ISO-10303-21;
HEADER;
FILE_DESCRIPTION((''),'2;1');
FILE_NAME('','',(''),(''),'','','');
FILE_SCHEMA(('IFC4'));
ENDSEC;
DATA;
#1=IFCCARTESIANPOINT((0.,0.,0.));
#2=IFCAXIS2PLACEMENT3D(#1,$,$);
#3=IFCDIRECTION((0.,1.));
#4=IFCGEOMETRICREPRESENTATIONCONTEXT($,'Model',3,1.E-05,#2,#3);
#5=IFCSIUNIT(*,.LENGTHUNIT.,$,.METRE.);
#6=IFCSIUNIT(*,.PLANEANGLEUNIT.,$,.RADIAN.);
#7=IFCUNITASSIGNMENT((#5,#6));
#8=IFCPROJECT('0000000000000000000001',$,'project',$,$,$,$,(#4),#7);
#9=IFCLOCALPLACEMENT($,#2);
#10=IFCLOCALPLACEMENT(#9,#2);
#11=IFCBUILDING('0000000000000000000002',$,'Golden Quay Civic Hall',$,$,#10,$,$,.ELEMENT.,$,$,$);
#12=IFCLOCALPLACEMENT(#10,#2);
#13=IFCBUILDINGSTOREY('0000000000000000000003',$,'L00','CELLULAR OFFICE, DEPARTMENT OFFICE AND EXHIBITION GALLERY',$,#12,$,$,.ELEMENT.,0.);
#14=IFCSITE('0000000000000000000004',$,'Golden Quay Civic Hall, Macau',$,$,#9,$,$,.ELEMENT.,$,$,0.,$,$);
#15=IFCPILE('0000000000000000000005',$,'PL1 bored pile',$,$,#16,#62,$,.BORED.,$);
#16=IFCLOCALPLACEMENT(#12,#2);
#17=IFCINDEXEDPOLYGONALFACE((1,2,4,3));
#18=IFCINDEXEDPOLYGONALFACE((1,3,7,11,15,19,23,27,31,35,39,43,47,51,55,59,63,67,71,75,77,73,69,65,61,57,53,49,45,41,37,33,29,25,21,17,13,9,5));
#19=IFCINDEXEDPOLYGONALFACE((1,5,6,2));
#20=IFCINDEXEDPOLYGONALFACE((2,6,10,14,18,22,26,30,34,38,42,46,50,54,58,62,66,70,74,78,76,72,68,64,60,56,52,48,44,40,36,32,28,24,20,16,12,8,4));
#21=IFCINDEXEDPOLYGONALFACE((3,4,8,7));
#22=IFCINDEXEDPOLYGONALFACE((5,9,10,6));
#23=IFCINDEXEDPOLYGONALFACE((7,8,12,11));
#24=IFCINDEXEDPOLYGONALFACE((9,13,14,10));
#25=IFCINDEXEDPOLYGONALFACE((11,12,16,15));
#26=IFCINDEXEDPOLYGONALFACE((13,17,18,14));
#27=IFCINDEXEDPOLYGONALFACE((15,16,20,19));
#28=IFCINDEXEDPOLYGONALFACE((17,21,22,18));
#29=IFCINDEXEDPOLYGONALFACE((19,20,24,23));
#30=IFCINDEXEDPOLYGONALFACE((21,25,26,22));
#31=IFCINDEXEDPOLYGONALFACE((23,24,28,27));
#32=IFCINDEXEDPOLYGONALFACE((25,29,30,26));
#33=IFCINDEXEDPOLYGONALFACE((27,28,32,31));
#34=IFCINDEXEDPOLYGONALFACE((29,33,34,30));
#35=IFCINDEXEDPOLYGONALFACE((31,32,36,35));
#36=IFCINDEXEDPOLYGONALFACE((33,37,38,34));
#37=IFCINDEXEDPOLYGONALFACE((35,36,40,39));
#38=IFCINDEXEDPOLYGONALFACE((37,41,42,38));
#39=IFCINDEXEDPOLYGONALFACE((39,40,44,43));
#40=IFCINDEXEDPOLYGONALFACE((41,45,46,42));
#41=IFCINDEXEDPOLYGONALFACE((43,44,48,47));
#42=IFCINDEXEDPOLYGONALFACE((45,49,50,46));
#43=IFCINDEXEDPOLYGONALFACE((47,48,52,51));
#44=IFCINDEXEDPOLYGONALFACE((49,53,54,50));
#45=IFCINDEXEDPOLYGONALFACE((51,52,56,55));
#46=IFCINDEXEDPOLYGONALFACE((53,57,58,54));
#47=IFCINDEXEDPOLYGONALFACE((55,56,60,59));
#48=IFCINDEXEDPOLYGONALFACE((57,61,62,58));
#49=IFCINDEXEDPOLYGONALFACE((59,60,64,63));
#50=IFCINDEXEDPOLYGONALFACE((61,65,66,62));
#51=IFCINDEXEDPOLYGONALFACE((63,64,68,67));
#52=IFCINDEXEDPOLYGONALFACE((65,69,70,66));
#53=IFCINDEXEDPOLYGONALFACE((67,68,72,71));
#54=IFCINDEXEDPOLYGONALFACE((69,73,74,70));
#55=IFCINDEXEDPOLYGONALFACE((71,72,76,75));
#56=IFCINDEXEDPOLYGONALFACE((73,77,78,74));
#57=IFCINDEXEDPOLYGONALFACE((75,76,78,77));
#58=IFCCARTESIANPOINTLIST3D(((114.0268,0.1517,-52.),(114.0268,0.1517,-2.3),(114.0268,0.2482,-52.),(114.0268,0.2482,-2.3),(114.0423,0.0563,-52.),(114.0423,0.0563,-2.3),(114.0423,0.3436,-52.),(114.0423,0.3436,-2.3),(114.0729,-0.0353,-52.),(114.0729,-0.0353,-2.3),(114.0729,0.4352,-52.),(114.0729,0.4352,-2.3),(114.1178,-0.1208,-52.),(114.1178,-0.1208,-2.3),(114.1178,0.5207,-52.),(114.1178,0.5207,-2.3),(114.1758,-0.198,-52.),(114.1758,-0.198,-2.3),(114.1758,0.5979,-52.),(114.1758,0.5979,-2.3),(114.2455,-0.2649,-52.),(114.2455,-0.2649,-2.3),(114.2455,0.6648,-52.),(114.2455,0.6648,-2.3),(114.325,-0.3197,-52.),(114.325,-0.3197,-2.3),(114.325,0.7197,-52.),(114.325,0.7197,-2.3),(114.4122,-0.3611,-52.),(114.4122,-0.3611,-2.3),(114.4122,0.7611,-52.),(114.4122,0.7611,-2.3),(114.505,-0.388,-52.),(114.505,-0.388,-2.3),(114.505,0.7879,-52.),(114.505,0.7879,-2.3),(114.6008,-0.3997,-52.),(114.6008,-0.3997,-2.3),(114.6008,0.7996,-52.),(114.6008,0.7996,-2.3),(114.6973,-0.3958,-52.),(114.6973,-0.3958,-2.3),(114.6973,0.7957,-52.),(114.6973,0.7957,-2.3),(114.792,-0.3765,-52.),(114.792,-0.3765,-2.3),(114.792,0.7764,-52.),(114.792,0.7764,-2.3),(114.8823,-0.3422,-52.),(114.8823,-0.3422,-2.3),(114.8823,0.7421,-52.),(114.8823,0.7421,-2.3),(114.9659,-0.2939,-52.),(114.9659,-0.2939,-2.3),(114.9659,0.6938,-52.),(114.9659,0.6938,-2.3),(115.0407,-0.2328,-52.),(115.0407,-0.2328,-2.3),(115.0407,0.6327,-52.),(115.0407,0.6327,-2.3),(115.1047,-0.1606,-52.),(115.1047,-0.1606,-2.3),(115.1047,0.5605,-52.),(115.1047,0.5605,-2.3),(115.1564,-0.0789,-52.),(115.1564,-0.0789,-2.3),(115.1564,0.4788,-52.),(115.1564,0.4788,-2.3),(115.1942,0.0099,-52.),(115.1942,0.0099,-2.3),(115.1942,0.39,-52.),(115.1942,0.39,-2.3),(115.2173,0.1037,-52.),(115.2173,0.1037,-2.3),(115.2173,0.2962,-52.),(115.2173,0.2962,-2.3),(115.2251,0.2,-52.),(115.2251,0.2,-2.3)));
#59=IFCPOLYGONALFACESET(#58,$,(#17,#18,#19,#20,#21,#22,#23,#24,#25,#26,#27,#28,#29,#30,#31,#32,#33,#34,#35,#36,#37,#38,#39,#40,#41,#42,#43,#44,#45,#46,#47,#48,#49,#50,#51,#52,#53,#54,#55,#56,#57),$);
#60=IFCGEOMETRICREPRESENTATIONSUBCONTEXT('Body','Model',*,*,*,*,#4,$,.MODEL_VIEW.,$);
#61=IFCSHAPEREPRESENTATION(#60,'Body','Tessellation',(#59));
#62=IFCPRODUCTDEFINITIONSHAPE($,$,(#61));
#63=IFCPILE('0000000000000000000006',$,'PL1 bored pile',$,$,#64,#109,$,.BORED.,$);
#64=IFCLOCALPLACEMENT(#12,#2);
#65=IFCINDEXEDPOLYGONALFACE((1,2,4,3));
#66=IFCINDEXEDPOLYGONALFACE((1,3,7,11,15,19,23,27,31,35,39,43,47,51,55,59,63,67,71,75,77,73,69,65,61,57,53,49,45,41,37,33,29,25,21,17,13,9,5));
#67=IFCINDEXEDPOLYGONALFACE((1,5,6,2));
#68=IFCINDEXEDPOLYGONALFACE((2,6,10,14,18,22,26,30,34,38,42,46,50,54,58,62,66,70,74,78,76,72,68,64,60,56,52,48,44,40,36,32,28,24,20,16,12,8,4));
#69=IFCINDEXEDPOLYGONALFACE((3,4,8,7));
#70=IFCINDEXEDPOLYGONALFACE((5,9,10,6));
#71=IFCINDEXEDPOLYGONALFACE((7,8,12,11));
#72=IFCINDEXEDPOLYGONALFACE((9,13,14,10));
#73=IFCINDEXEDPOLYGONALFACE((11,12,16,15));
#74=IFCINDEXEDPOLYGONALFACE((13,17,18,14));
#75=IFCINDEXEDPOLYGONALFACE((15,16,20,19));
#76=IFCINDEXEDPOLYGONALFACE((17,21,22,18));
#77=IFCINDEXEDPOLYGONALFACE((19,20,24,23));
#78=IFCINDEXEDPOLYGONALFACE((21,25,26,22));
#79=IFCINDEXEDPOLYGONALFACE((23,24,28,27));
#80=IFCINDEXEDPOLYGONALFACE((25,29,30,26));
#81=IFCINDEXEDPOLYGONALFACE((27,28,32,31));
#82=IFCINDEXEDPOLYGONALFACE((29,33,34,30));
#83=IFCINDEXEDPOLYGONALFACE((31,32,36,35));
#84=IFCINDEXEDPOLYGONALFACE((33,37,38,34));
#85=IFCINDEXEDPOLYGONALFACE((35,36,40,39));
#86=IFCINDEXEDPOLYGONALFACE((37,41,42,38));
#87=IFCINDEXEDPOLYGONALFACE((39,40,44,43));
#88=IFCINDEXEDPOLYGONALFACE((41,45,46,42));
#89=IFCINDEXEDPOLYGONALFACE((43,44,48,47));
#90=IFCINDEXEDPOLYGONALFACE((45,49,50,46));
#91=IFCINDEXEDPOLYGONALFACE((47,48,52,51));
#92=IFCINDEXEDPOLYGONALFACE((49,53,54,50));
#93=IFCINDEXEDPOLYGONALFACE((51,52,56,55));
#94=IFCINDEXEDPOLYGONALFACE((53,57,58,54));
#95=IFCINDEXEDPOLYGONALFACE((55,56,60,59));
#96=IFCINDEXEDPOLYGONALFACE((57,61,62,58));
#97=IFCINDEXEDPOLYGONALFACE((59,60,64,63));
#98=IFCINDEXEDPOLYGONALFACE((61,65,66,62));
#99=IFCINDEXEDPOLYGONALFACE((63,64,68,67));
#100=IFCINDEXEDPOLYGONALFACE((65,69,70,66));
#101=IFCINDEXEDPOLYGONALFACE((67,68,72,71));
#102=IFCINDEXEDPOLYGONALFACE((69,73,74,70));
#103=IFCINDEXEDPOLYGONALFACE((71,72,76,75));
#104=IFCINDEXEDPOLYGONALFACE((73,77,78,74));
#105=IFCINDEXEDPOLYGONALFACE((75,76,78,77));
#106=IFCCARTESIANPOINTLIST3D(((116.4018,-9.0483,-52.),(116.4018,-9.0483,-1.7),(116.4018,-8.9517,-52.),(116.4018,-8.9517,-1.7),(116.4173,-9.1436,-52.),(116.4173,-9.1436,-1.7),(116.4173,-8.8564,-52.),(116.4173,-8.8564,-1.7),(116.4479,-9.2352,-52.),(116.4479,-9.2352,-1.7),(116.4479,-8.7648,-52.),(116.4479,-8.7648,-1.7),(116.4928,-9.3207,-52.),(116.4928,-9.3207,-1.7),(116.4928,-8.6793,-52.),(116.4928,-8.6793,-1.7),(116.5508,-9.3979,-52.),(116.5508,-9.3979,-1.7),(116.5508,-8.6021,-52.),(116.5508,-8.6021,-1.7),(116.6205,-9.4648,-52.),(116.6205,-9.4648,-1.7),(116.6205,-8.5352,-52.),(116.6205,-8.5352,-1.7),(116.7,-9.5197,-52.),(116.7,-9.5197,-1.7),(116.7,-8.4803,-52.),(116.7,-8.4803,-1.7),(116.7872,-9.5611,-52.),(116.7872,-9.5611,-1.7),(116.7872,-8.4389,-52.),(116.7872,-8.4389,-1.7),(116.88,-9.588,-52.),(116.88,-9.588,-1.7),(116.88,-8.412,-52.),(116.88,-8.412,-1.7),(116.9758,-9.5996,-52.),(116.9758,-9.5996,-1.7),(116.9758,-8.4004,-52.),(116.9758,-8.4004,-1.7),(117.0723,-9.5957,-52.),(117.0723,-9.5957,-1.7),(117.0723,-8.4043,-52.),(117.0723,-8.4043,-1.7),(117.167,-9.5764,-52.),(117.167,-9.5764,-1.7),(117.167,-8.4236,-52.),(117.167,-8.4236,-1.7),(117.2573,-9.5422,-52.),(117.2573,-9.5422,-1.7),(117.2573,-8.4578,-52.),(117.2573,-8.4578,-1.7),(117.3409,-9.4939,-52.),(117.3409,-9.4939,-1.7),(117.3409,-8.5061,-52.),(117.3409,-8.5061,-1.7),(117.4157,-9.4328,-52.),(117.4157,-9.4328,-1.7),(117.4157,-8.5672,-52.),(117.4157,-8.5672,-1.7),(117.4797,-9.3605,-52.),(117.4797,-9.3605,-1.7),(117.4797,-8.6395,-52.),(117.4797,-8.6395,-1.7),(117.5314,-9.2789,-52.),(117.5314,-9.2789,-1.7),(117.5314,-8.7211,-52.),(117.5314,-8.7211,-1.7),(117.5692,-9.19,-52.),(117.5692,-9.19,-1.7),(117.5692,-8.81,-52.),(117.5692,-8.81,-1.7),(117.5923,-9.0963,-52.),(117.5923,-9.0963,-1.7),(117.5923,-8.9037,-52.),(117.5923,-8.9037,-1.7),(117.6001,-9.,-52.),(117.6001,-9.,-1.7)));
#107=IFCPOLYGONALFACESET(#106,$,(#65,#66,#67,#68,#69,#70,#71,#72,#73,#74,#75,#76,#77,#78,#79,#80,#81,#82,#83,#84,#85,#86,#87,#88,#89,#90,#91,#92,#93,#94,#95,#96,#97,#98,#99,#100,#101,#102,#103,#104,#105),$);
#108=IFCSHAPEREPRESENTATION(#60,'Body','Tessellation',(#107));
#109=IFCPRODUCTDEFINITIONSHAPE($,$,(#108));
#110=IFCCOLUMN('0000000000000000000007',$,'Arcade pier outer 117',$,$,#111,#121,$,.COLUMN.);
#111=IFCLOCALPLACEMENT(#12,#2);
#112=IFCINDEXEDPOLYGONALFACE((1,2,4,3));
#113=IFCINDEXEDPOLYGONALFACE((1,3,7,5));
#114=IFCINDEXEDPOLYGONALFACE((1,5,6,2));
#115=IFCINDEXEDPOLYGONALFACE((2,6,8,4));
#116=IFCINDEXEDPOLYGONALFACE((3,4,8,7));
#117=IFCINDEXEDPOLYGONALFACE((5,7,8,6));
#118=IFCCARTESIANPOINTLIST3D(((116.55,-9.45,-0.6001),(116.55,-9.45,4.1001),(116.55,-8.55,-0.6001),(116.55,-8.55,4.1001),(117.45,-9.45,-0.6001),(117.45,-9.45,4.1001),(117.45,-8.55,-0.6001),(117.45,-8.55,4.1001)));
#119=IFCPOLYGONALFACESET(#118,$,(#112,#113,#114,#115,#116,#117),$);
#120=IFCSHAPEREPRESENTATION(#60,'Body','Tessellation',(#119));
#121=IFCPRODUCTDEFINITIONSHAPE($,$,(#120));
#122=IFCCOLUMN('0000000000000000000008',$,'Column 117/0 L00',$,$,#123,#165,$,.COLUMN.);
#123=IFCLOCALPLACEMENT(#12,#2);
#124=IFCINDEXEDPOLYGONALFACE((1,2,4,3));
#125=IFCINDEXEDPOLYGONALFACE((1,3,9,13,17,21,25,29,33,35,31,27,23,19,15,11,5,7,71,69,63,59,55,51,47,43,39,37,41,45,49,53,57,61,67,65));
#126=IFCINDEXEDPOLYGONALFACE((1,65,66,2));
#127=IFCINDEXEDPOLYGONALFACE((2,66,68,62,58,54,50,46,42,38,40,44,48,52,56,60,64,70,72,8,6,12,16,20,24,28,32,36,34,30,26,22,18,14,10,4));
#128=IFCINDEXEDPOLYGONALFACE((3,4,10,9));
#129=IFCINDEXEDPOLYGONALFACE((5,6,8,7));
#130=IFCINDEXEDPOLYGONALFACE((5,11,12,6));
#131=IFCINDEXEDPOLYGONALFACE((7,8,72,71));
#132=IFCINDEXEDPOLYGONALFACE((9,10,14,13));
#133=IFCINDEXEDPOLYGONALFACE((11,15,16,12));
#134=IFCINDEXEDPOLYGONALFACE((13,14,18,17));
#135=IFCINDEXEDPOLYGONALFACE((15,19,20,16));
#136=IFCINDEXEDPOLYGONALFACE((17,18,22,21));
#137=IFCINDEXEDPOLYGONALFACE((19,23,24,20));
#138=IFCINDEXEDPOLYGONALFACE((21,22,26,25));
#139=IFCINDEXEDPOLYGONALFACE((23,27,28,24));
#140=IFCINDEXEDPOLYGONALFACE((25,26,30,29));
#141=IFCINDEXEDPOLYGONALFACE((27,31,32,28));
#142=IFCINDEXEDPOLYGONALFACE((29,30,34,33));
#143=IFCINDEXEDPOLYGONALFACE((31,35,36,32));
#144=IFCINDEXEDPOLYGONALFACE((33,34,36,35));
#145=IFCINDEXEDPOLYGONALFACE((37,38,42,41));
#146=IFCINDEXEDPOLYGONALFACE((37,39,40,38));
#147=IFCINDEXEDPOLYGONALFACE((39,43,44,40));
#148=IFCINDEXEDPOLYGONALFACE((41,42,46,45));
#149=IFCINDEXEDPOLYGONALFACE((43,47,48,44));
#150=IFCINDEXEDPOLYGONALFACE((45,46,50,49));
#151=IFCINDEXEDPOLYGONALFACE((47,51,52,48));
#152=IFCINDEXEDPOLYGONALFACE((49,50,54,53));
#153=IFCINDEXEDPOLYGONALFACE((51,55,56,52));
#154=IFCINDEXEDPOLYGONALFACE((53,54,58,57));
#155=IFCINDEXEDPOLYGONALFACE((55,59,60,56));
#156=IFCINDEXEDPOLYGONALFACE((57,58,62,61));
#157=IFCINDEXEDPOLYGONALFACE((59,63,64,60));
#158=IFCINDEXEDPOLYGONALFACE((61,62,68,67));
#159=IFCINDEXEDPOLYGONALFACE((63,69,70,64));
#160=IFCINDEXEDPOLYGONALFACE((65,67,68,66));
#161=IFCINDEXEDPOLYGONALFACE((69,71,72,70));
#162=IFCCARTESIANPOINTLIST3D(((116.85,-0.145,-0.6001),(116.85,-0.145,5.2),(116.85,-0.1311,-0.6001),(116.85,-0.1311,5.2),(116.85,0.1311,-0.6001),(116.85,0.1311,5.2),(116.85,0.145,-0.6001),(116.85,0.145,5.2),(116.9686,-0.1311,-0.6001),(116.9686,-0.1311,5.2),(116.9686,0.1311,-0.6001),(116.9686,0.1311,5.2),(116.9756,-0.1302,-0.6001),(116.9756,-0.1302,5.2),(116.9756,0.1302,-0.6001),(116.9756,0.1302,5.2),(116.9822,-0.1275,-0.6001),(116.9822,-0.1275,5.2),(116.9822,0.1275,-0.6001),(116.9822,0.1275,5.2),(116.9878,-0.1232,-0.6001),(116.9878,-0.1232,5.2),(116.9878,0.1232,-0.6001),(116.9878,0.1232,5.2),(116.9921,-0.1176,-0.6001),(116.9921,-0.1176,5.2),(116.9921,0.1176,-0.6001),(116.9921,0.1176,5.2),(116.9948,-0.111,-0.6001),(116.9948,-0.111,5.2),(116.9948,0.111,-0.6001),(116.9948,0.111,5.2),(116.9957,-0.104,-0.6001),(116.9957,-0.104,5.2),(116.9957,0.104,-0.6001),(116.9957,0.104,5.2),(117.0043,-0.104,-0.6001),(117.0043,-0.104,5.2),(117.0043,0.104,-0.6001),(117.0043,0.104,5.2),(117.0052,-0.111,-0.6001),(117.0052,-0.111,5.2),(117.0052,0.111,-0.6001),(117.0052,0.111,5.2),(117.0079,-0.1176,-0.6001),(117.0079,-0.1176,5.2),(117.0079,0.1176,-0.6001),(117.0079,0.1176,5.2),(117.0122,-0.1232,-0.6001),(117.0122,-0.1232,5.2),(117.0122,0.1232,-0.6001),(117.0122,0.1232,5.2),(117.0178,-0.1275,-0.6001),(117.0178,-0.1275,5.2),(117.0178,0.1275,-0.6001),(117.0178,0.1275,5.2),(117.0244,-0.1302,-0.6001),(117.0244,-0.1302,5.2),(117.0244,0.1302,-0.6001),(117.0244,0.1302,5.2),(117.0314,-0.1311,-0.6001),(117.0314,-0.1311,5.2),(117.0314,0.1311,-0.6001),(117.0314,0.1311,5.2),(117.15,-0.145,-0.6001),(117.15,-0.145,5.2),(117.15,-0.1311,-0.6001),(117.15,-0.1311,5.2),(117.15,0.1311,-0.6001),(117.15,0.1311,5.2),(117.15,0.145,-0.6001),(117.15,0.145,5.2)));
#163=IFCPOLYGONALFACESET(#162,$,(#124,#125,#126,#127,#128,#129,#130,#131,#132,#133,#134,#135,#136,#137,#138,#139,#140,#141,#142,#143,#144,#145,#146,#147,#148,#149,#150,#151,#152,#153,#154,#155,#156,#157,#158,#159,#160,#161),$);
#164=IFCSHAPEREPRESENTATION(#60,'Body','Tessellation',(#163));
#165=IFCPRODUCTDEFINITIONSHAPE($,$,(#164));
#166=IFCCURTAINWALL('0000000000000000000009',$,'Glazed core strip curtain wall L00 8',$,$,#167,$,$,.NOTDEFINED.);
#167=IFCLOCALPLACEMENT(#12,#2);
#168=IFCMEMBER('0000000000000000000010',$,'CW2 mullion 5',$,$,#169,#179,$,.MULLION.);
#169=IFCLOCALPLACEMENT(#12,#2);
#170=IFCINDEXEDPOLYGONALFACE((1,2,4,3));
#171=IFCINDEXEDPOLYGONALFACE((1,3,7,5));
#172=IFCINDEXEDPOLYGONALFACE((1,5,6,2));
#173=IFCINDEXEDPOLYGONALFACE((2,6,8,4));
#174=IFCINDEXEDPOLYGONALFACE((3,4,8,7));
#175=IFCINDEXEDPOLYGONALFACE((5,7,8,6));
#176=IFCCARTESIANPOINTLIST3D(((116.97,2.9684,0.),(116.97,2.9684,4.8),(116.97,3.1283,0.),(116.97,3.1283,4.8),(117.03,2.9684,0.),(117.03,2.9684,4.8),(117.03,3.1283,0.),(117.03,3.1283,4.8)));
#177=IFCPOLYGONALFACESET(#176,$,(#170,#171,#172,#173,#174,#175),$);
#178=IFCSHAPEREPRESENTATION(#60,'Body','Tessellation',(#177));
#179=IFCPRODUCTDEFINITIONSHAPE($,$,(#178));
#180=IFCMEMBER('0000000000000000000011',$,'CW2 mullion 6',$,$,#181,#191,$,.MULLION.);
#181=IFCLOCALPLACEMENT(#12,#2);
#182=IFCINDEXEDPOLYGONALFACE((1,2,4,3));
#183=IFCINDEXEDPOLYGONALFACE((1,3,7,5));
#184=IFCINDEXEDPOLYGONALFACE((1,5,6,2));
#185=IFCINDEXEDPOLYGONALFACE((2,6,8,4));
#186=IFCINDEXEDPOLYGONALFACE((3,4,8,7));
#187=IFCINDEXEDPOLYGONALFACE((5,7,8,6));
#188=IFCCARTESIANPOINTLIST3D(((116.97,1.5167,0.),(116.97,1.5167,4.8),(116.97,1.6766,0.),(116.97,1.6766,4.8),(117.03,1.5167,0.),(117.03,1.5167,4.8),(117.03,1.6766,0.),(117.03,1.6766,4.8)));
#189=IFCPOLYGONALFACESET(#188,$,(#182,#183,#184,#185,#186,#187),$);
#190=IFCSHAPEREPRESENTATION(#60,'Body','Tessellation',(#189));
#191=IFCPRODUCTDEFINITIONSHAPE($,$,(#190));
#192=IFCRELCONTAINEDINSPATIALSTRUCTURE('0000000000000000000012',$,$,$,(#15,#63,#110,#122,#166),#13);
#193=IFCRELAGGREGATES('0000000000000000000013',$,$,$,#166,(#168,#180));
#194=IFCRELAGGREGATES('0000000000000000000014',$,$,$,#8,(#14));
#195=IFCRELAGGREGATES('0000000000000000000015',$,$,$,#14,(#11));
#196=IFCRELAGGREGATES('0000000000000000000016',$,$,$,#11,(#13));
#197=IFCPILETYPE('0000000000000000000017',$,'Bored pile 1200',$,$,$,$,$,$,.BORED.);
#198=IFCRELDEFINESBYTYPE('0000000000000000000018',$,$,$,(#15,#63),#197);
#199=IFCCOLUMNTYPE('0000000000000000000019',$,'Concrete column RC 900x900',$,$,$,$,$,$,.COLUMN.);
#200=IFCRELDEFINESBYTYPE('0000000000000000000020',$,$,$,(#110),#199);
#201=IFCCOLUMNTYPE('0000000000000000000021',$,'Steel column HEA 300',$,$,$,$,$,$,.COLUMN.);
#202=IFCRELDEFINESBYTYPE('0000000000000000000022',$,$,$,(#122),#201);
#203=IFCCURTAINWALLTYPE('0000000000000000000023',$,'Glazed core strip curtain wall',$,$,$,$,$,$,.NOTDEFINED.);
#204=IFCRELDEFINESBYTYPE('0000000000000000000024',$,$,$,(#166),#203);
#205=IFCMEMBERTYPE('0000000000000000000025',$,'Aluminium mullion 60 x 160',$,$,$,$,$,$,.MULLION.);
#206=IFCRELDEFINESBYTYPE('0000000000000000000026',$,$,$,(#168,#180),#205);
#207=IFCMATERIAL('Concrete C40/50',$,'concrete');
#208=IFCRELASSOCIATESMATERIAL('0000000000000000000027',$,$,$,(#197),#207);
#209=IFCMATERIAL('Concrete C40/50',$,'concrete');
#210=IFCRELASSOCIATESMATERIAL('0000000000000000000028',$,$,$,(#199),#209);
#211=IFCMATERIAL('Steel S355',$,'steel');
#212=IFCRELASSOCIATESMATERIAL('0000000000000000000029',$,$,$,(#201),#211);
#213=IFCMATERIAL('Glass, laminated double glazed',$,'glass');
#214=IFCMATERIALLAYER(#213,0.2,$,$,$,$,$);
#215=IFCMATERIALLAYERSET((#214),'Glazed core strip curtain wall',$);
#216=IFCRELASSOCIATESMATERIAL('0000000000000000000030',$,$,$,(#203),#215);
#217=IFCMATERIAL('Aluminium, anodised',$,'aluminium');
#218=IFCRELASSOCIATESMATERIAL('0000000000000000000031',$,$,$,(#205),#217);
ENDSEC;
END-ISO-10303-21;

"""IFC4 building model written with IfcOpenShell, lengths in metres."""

from ifc_helpers import new_model, si_unit, direction, frame, origin, origin_2d, place, context, subcontext, project, spatial, rectangle, circle, i_section, extrude, material, layer, layer_set, material_profile, profile_set, type_object, element, aggregate, save


model = new_model("IFC4")

# Units and contexts
model_context = context("Model", 3, precision=1e-05, world=origin(), true_north=direction((0.0, 1.0)))
body_context = subcontext(model_context, "Body", "Model", "MODEL_VIEW")
ifc_project = project(units=[si_unit("LENGTHUNIT", "METRE"), si_unit("PLANEANGLEUNIT", "RADIAN")], contexts=[model_context])

# Site, building, storey
site_placement = place(None, origin())
site = spatial("IfcSite", under=ifc_project, at=site_placement, Name="Golden Quay Civic Hall, Macau", CompositionType="ELEMENT", RefElevation=0.0)
building_placement = place(site_placement, origin())
building = spatial("IfcBuilding", under=site, at=building_placement, Name="Golden Quay Civic Hall", CompositionType="ELEMENT")
storey_placement = place(building_placement, origin())
storey = spatial("IfcBuildingStorey", under=building, at=storey_placement, Name="L00", Description="CELLULAR OFFICE, DEPARTMENT OFFICE AND EXHIBITION GALLERY", CompositionType="ELEMENT", Elevation=0.0)

# Piles
ifc_material_1 = material(Name="Concrete C40/50", Category="concrete")
ifc_material_profile_1 = material_profile(ifc_material_1, circle(Radius=0.6001, at=origin_2d()), Name="RC D1200")
ifc_profile_set_1 = profile_set([ifc_material_profile_1], Name="Concrete C40/50")
pile_type = type_object("IfcPileType", Name="Bored pile 1200", PredefinedType="BORED", material=ifc_profile_set_1)
pile_1_placement = place(storey_placement, frame((114.625, 0.2, -2.3), z_axis=(0.0, 0.0, -1.0), x_axis=(1.0, 0.0, 0.0)))
element("IfcPile", 1, at=pile_1_placement, inside=storey, type_object=pile_type, Name="PL1 bored pile", PredefinedType="BORED", context=body_context, shape_type="SweptSolid", body=[
    extrude(circle(Radius=0.6001, at=origin_2d()), origin(), (0.0, 0.0, 1.0), 49.7),
])
pile_2_placement = place(storey_placement, frame((117.0, -9.0, -1.7), z_axis=(0.0, 0.0, -1.0), x_axis=(1.0, 0.0, 0.0)))
element("IfcPile", 2, at=pile_2_placement, inside=storey, type_object=pile_type, Name="PL1 bored pile", PredefinedType="BORED", context=body_context, shape_type="SweptSolid", body=[
    extrude(circle(Radius=0.6001, at=origin_2d()), origin(), (0.0, 0.0, 1.0), 50.3),
])

# Columns
ifc_material_2 = material(Name="Concrete C40/50", Category="concrete")
ifc_material_profile_2 = material_profile(ifc_material_2, rectangle(XDim=0.8999, YDim=0.8999, at=origin_2d()), Name="RC 900x900")
ifc_profile_set_2 = profile_set([ifc_material_profile_2], Name="Concrete C40/50")
column_type_1 = type_object("IfcColumnType", Name="Concrete column RC 900x900", PredefinedType="COLUMN", material=ifc_profile_set_2)
column_1_placement = place(storey_placement, frame((117.0, -9.0, -0.6001), z_axis=(0.0, 0.0, 1.0), x_axis=(1.0, 0.0, 0.0)))
element("IfcColumn", 3, at=column_1_placement, inside=storey, type_object=column_type_1, Name="Arcade pier outer 117", PredefinedType="COLUMN", context=body_context, shape_type="SweptSolid", body=[
    extrude(rectangle(XDim=0.8999, YDim=0.8999, at=origin_2d()), origin(), (0.0, 0.0, 1.0), 4.7002),
])
ifc_material_3 = material(Name="Steel S355", Category="steel")
ifc_material_profile_3 = material_profile(ifc_material_3, i_section(OverallWidth=0.3, OverallDepth=0.29, WebThickness=0.0085, FlangeThickness=0.0139, FilletRadius=0.0271, at=origin_2d()), Name="HEA 300")
ifc_profile_set_3 = profile_set([ifc_material_profile_3], Name="Steel S355")
column_type_2 = type_object("IfcColumnType", Name="Steel column HEA 300", PredefinedType="COLUMN", material=ifc_profile_set_3)
column_2_placement = place(storey_placement, frame((117.0, 0.0, -0.6001), z_axis=(0.0, 0.0, 1.0), x_axis=(1.0, 0.0, 0.0)))
element("IfcColumn", 4, at=column_2_placement, inside=storey, type_object=column_type_2, Name="Column 117/0 L00", PredefinedType="COLUMN", context=body_context, shape_type="SweptSolid", body=[
    extrude(i_section(OverallWidth=0.3, OverallDepth=0.29, WebThickness=0.0085, FlangeThickness=0.0139, FilletRadius=0.0271, at=origin_2d()), origin(), (0.0, 0.0, 1.0), 5.8),
])

# Curtain wall, members
ifc_material_4 = material(Name="Glass, laminated double glazed", Category="glass")
ifc_layer_1 = layer(ifc_material_4, 0.2)
ifc_layer_set_1 = layer_set([ifc_layer_1], Name="Glazed core strip curtain wall")
curtain_wall_type = type_object("IfcCurtainWallType", Name="Glazed core strip curtain wall", PredefinedType="NOTDEFINED", material=ifc_layer_set_1)
curtain_wall_placement = place(storey_placement, origin())
curtain_wall = element("IfcCurtainWall", 5, at=curtain_wall_placement, inside=storey, type_object=curtain_wall_type, Name="Glazed core strip curtain wall L00 8", PredefinedType="NOTDEFINED")
ifc_material_5 = material(Name="Aluminium, anodised", Category="aluminium")
ifc_material_profile_4 = material_profile(ifc_material_5, rectangle(XDim=0.0601, YDim=0.1599, at=origin_2d()), Name="Aluminium 60 x 160")
ifc_profile_set_4 = profile_set([ifc_material_profile_4], Name="Aluminium, anodised")
member_type_1 = type_object("IfcMemberType", Name="Aluminium mullion 60 x 160", PredefinedType="MULLION", material=ifc_profile_set_4)
member_1_placement = place(storey_placement, frame((117.0, 3.0483, 0.0), z_axis=(0.0, 0.0, 1.0), x_axis=(1.0, 0.0, 0.0)))
member_1 = element("IfcMember", 6, at=member_1_placement, type_object=member_type_1, Name="CW2 mullion 5", PredefinedType="MULLION", context=body_context, shape_type="SweptSolid", body=[
    extrude(rectangle(XDim=0.0601, YDim=0.1599, at=origin_2d()), origin(), (0.0, 0.0, 1.0), 4.8),
])
member_2_placement = place(storey_placement, frame((117.0, 1.5967, 0.0), z_axis=(0.0, 0.0, 1.0), x_axis=(1.0, 0.0, 0.0)))
member_2 = element("IfcMember", 7, at=member_2_placement, type_object=member_type_1, Name="CW2 mullion 6", PredefinedType="MULLION", context=body_context, shape_type="SweptSolid", body=[
    extrude(rectangle(XDim=0.0601, YDim=0.1599, at=origin_2d()), origin(), (0.0, 0.0, 1.0), 4.8),
])

aggregate(curtain_wall, [member_1, member_2])

save(model, "model.ifc")
